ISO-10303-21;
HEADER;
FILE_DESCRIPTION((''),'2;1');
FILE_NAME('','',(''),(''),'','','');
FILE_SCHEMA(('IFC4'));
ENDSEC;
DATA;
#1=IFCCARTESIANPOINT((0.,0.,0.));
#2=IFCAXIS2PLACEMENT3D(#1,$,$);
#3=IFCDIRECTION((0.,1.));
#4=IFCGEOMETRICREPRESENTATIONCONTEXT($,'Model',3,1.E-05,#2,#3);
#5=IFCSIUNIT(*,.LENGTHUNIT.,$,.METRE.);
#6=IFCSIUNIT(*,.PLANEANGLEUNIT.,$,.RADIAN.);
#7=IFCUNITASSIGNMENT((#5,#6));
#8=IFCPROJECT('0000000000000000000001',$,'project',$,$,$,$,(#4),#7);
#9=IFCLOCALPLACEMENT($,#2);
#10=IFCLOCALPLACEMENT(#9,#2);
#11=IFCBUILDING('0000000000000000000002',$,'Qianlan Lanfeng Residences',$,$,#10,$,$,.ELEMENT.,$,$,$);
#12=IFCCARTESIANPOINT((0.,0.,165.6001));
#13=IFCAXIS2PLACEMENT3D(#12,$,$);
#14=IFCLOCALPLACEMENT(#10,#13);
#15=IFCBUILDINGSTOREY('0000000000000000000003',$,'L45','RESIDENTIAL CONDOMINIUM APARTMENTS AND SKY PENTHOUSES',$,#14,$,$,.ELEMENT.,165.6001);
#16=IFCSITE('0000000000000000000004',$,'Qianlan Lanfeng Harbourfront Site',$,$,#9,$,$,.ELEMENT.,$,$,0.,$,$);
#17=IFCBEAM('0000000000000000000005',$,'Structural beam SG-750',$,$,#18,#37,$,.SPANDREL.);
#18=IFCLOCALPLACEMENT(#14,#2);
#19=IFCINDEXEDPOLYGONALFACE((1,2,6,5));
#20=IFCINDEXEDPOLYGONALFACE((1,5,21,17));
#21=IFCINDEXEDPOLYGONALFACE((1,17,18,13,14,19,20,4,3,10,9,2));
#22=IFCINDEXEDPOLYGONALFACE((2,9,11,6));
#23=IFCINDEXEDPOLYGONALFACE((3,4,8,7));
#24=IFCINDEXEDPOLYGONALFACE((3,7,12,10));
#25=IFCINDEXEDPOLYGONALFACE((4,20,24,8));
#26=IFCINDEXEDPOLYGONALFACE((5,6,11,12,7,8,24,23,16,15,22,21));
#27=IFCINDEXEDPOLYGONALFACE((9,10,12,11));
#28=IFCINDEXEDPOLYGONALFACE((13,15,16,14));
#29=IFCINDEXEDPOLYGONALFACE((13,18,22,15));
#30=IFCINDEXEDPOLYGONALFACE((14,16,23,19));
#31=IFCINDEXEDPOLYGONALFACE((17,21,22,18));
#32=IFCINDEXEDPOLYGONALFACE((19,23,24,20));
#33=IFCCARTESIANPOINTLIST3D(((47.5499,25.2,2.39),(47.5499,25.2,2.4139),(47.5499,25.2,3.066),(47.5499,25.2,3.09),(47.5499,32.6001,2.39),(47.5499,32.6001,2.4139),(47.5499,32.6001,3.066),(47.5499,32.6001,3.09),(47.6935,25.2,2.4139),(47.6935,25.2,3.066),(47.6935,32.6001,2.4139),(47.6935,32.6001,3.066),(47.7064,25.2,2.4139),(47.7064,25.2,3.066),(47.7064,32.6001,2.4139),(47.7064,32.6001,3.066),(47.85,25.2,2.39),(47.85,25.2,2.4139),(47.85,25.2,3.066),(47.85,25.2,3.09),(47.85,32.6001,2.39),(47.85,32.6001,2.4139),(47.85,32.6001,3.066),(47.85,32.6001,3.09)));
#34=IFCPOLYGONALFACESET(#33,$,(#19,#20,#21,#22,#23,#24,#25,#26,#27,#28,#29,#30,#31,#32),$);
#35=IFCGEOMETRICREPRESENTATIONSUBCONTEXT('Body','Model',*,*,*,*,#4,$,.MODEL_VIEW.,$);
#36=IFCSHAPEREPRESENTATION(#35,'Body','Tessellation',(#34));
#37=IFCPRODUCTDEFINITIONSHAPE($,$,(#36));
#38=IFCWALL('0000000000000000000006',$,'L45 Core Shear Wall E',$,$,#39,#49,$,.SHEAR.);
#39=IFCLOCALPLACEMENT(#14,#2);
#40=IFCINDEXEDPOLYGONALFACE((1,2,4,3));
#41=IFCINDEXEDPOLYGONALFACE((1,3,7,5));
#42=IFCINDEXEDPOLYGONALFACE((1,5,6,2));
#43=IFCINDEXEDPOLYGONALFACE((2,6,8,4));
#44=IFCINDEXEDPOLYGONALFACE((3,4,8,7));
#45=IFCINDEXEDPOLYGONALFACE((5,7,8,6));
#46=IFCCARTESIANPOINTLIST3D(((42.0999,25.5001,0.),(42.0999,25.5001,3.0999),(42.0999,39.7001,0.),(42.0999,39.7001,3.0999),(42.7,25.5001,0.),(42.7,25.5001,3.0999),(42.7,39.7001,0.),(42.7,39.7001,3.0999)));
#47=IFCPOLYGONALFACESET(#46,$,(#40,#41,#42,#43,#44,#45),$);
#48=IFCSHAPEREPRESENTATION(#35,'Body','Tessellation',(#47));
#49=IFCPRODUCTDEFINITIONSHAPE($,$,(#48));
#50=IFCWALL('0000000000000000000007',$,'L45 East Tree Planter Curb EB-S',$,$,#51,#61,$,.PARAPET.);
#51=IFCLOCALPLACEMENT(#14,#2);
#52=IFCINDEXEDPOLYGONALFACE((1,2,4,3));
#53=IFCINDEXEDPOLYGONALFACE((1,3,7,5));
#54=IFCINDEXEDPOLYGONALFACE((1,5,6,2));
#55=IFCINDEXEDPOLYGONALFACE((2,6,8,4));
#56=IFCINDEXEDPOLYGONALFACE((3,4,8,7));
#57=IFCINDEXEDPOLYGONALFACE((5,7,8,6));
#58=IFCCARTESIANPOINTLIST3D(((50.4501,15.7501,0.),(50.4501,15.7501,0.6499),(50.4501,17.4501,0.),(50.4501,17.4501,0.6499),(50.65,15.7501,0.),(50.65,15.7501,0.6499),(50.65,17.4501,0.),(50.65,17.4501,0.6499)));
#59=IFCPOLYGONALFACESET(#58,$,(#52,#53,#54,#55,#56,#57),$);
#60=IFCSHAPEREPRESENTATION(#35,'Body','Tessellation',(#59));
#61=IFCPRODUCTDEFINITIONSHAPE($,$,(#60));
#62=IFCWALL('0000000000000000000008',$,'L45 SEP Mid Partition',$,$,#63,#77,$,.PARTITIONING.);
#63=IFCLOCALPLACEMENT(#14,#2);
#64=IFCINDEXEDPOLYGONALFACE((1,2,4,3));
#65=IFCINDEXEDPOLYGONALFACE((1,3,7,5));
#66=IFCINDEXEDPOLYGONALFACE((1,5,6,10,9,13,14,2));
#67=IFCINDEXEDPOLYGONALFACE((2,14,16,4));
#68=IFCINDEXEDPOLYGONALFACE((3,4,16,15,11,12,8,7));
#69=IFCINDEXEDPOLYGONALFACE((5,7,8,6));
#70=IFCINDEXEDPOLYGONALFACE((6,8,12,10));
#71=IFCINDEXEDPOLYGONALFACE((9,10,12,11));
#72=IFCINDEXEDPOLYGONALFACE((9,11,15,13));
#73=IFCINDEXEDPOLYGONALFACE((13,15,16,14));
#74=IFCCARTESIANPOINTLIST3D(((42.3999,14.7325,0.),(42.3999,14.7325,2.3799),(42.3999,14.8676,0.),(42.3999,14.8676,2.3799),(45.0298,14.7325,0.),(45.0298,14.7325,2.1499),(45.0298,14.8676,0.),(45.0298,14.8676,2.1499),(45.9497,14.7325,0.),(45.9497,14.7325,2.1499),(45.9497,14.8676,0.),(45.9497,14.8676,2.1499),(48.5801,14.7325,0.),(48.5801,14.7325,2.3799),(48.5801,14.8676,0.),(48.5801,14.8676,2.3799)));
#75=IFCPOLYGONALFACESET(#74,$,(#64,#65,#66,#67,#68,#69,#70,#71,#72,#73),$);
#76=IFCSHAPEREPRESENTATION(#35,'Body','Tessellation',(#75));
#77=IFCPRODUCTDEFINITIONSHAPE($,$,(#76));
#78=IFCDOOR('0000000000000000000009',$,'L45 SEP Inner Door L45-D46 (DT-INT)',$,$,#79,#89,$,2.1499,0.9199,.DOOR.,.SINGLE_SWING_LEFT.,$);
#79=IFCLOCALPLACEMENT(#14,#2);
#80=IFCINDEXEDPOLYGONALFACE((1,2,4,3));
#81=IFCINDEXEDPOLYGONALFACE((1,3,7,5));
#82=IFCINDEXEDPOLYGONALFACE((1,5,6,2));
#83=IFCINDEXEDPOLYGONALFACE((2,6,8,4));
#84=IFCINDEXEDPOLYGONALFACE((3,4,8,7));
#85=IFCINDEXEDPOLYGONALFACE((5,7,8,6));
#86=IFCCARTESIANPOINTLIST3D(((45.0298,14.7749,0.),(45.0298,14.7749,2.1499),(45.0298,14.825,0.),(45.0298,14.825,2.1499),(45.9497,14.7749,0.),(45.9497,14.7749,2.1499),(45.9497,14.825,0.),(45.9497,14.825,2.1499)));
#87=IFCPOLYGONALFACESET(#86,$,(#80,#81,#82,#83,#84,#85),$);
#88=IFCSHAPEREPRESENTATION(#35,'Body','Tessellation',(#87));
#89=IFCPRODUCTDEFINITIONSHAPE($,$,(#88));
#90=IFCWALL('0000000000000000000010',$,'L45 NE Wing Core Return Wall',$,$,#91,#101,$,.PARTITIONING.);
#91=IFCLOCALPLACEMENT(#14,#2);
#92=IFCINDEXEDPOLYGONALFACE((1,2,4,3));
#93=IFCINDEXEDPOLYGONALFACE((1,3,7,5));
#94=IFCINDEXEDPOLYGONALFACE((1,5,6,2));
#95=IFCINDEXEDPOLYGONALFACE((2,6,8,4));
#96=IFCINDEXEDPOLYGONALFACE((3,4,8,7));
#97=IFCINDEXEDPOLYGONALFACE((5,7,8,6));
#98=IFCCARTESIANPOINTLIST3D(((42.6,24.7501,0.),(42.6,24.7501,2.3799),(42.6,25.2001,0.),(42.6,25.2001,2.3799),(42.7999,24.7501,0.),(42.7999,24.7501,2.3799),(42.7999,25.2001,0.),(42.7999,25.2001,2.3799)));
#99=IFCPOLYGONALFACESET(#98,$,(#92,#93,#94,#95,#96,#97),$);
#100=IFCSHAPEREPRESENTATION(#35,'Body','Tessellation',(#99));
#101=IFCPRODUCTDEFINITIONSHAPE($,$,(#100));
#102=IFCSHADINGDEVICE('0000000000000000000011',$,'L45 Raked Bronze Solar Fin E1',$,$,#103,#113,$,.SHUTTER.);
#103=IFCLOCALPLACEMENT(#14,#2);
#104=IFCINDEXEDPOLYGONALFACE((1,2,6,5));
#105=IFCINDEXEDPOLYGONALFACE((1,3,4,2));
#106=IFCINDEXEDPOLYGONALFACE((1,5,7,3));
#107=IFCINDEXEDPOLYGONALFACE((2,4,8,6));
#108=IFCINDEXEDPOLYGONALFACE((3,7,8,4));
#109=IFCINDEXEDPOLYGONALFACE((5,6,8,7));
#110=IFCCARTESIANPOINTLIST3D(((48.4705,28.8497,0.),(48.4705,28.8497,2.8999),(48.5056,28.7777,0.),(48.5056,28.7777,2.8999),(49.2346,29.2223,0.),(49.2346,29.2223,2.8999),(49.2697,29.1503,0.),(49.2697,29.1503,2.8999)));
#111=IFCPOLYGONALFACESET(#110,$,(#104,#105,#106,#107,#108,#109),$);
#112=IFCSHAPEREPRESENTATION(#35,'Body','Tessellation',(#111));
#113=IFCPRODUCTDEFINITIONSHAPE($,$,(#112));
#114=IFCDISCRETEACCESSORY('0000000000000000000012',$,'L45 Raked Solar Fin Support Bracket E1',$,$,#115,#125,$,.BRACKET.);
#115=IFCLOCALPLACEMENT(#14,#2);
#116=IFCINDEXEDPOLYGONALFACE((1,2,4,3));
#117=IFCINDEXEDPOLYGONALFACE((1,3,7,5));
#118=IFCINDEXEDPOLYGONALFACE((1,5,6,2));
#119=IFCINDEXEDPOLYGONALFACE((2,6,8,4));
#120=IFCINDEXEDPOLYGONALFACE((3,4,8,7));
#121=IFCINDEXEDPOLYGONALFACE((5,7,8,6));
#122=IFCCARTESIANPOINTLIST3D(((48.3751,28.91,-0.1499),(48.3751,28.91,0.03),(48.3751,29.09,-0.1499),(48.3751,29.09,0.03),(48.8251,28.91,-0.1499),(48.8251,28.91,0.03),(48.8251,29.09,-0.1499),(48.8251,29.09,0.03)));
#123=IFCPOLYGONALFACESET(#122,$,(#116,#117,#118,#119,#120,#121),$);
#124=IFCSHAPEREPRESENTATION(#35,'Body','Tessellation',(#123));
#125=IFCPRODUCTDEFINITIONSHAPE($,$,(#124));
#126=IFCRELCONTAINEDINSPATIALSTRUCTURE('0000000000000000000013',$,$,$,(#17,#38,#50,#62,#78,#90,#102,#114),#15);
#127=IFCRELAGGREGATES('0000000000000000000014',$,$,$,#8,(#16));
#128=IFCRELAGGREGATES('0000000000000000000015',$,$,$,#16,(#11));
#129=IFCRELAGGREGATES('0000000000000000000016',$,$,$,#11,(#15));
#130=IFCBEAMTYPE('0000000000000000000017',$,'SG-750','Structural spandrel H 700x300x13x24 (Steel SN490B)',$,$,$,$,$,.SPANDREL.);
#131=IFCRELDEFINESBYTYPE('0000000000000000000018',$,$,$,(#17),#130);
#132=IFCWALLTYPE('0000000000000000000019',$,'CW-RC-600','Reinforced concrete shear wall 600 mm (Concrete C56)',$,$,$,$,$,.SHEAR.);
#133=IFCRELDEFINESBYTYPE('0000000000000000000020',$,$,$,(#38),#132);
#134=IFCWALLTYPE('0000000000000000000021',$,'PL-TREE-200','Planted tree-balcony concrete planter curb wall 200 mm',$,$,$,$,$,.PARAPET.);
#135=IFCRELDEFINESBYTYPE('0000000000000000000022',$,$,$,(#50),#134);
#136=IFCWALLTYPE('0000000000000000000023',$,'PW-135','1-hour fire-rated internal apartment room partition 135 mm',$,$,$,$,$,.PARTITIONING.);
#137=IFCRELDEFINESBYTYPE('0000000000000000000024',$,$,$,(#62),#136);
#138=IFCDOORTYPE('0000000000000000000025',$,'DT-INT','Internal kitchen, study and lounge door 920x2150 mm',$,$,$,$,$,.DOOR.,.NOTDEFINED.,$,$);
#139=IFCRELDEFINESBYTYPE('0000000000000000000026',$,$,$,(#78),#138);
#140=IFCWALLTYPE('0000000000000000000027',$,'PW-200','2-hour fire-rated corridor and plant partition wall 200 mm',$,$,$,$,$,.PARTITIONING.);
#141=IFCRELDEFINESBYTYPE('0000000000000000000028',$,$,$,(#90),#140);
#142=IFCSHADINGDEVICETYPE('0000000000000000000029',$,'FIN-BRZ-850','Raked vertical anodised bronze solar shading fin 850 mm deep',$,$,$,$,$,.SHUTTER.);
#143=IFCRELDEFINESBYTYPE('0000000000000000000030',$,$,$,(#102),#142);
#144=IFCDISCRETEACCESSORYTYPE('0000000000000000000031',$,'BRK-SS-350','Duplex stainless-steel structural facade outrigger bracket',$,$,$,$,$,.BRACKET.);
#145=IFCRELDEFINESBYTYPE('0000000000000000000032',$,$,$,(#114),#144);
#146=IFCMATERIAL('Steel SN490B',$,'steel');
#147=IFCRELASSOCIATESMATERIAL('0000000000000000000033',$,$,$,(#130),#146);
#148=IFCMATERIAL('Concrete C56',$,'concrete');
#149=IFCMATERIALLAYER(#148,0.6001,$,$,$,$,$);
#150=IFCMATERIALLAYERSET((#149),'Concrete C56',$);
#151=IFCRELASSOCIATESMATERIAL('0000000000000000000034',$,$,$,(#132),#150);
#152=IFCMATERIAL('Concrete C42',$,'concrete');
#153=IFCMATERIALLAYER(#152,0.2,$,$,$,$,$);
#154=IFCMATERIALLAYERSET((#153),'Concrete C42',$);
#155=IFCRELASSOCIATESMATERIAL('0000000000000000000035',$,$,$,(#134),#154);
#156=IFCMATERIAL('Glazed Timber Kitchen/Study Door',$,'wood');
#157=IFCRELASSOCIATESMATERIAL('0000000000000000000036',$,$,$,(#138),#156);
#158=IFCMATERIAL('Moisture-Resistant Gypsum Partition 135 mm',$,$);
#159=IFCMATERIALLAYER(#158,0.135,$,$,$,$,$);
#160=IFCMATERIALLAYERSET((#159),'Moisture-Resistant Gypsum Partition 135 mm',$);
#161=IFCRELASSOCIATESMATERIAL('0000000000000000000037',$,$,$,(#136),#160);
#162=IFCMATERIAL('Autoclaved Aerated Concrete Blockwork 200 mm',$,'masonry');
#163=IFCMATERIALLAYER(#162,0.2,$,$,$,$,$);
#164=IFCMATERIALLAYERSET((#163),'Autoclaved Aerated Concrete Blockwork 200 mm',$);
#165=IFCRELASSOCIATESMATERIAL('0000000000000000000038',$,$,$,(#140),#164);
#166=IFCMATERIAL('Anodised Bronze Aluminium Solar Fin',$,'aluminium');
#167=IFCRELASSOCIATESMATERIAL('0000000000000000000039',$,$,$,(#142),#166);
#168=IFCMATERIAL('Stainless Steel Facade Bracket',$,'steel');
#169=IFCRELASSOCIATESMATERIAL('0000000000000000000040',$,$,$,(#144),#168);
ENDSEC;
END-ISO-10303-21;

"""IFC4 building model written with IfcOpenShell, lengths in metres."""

from ifc_helpers import new_model, si_unit, direction, frame, frame_2d, origin, origin_2d, place, context, subcontext, project, spatial, rectangle, i_section, extrude, source, transform, mapped, material, layer, layer_set, material_profile, profile_set, type_object, element, fill, save


model = new_model("IFC4")

# Units and contexts
model_context = context("Model", 3, precision=1e-05, world=origin(), true_north=direction((0.0, 1.0)))
body_context = subcontext(model_context, "Body", "Model", "MODEL_VIEW")
ifc_project = project(units=[si_unit("LENGTHUNIT", "METRE"), si_unit("PLANEANGLEUNIT", "RADIAN")], contexts=[model_context])

# Site, building, storey
site_placement = place(None, origin())
site = spatial("IfcSite", under=ifc_project, at=site_placement, Name="Qianlan Lanfeng Harbourfront Site", CompositionType="ELEMENT", RefElevation=0.0)
building_placement = place(site_placement, origin())
building = spatial("IfcBuilding", under=site, at=building_placement, Name="Qianlan Lanfeng Residences", CompositionType="ELEMENT")
storey_placement = place(building_placement, frame((0.0, 0.0, 165.6001)))
storey = spatial("IfcBuildingStorey", under=building, at=storey_placement, Name="L45", Description="RESIDENTIAL CONDOMINIUM APARTMENTS AND SKY PENTHOUSES", CompositionType="ELEMENT", Elevation=165.6001)

# Shared definitions
ifc_material_1 = material(Name="Steel SN490B", Category="steel")

# Beam
ifc_material_profile_1 = material_profile(ifc_material_1, i_section(OverallWidth=0.3, OverallDepth=0.7, WebThickness=0.0129, FlangeThickness=0.0239, at=origin_2d()), Name="H 700x300x13x24")
ifc_profile_set_1 = profile_set([ifc_material_profile_1], Name="Steel SN490B")
beam_type_1 = type_object("IfcBeamType", Name="SG-750", Description="Structural spandrel H 700x300x13x24 (Steel SN490B)", PredefinedType="SPANDREL", material=ifc_profile_set_1)
beam_1_placement = place(storey_placement, frame((47.7, 25.2, 2.74), z_axis=(0.0, 1.0, 0.0), x_axis=(-1.0, 0.0, 0.0)))
element("IfcBeam", 1, at=beam_1_placement, inside=storey, type_object=beam_type_1, Name="Structural beam SG-750", PredefinedType="SPANDREL", context=body_context, shape_type="SweptSolid", body=[
    extrude(i_section(OverallWidth=0.3, OverallDepth=0.7, WebThickness=0.0129, FlangeThickness=0.0239, at=origin_2d()), origin(), (0.0, 0.0, 1.0), 7.4001),
])

# Walls
ifc_material_2 = material(Name="Concrete C56", Category="concrete")
ifc_layer_1 = layer(ifc_material_2, 0.6001)
ifc_layer_set_1 = layer_set([ifc_layer_1], Name="Concrete C56")
wall_type_1 = type_object("IfcWallType", Name="CW-RC-600", Description="Reinforced concrete shear wall 600 mm (Concrete C56)", PredefinedType="SHEAR", material=ifc_layer_set_1)
wall_1_placement = place(storey_placement, frame((42.3999, 25.5, 0.0), z_axis=(0.0, 0.0, 1.0), x_axis=(0.0, 1.0, 0.0)))
element("IfcWall", 2, at=wall_1_placement, inside=storey, type_object=wall_type_1, Name="L45 Core Shear Wall E", PredefinedType="SHEAR", context=body_context, shape_type="SweptSolid", body=[
    extrude(rectangle(XDim=14.2, YDim=0.6001, at=frame_2d((7.1001, 0.0))), origin(), (0.0, 0.0, 1.0), 3.0999),
])
ifc_material_3 = material(Name="Concrete C42", Category="concrete")
ifc_layer_2 = layer(ifc_material_3, 0.2)
ifc_layer_set_2 = layer_set([ifc_layer_2], Name="Concrete C42")
wall_type_2 = type_object("IfcWallType", Name="PL-TREE-200", Description="Planted tree-balcony concrete planter curb wall 200 mm", PredefinedType="PARAPET", material=ifc_layer_set_2)
wall_2_placement = place(storey_placement, frame((50.55, 15.75, 0.0), z_axis=(0.0, 0.0, 1.0), x_axis=(0.0, 1.0, 0.0)))
element("IfcWall", 3, at=wall_2_placement, inside=storey, type_object=wall_type_2, Name="L45 East Tree Planter Curb EB-S", PredefinedType="PARAPET", context=body_context, shape_type="SweptSolid", body=[
    extrude(rectangle(XDim=1.7, YDim=0.2, at=frame_2d((0.8501, 0.0))), origin(), (0.0, 0.0, 1.0), 0.6499),
])

# Wall, opening, door
ifc_material_4 = material(Name="Glazed Timber Kitchen/Study Door", Category="wood")
door_type = type_object("IfcDoorType", Name="DT-INT", Description="Internal kitchen, study and lounge door 920x2150 mm", OperationType="NOTDEFINED", PredefinedType="DOOR", material=ifc_material_4)
ifc_material_5 = material(Name="Moisture-Resistant Gypsum Partition 135 mm")
ifc_layer_3 = layer(ifc_material_5, 0.135)
ifc_layer_set_3 = layer_set([ifc_layer_3], Name="Moisture-Resistant Gypsum Partition 135 mm")
wall_type_3 = type_object("IfcWallType", Name="PW-135", Description="1-hour fire-rated internal apartment room partition 135 mm", PredefinedType="PARTITIONING", material=ifc_layer_set_3)
wall_3_placement = place(storey_placement, frame((42.3999, 14.8, 0.0), z_axis=(0.0, 0.0, 1.0), x_axis=(1.0, 0.0, 0.0)))
wall_3 = element("IfcWall", 4, at=wall_3_placement, inside=storey, type_object=wall_type_3, Name="L45 SEP Mid Partition", PredefinedType="PARTITIONING", context=body_context, shape_type="SweptSolid", body=[
    extrude(rectangle(XDim=6.1802, YDim=0.135, at=frame_2d((3.0901, 0.0))), origin(), (0.0, 0.0, 1.0), 2.3799),
])
opening_1_placement = place(wall_3_placement, frame((2.6299, 0.0, 0.0)))
opening_1 = element("IfcOpeningElement", 5, at=opening_1_placement, cuts=wall_3, PredefinedType="OPENING", context=body_context, shape_type="SweptSolid", body=[
    extrude(rectangle(XDim=0.9199, YDim=2.1499, at=frame_2d((0.46, 1.075))), frame((0.0, 0.0776, 0.0), z_axis=(0.0, -1.0, 0.0), x_axis=(1.0, 0.0, 0.0)), (0.0, 0.0, 1.0), 0.155),
])
door_1_placement = place(opening_1_placement, origin())
door_1 = element("IfcDoor", 6, at=door_1_placement, inside=storey, type_object=door_type, Name="L45 SEP Inner Door L45-D46 (DT-INT)", OperationType="SINGLE_SWING_LEFT", OverallHeight=2.1499, OverallWidth=0.9199, PredefinedType="DOOR", context=body_context, shape_type="SweptSolid", body=[
    extrude(rectangle(XDim=0.9199, YDim=2.1499, at=frame_2d((0.46, 1.075))), frame((0.0, 0.0249, 0.0), z_axis=(0.0, -1.0, 0.0), x_axis=(1.0, 0.0, 0.0)), (0.0, 0.0, 1.0), 0.05),
])
fill(opening_1, door_1)
ifc_material_6 = material(Name="Autoclaved Aerated Concrete Blockwork 200 mm", Category="masonry")
ifc_layer_4 = layer(ifc_material_6, 0.2)
ifc_layer_set_4 = layer_set([ifc_layer_4], Name="Autoclaved Aerated Concrete Blockwork 200 mm")
wall_type_4 = type_object("IfcWallType", Name="PW-200", Description="2-hour fire-rated corridor and plant partition wall 200 mm", PredefinedType="PARTITIONING", material=ifc_layer_set_4)

# Wall
wall_4_placement = place(storey_placement, frame((42.7, 24.75, 0.0), z_axis=(0.0, 0.0, 1.0), x_axis=(0.0, 1.0, 0.0)))
element("IfcWall", 7, at=wall_4_placement, inside=storey, type_object=wall_type_4, Name="L45 NE Wing Core Return Wall", PredefinedType="PARTITIONING", context=body_context, shape_type="SweptSolid", body=[
    extrude(rectangle(XDim=0.45, YDim=0.2, at=frame_2d((0.2251, 0.0))), origin(), (0.0, 0.0, 1.0), 2.3799),
])

# Shading device
ifc_material_7 = material(Name="Anodised Bronze Aluminium Solar Fin", Category="aluminium")
shading_device_type = type_object("IfcShadingDeviceType", Name="FIN-BRZ-850", Description="Raked vertical anodised bronze solar shading fin 850 mm deep", PredefinedType="SHUTTER", material=ifc_material_7)
shared_shape_1 = source(origin(), body_context, "Body", "SweptSolid", [
    extrude(rectangle(XDim=0.8501, YDim=0.0801, at=origin_2d()), origin(), (0.0, 0.0, 1.0), 2.8999),
])
shading_device_placement = place(storey_placement, frame((48.8701, 29.0, 0.0), z_axis=(0.0, 0.0, 1.0), x_axis=(0.898794, 0.438371, 0.0)))
element("IfcShadingDevice", 8, at=shading_device_placement, inside=storey, type_object=shading_device_type, Name="L45 Raked Bronze Solar Fin E1", PredefinedType="SHUTTER", context=body_context, shape_type="MappedRepresentation", body=[
    mapped(shared_shape_1, transform((0.0, 0.0, 0.0), scale=1.0)),
])

# Discrete accessory
ifc_material_8 = material(Name="Stainless Steel Facade Bracket", Category="steel")
discrete_accessory_type = type_object("IfcDiscreteAccessoryType", Name="BRK-SS-350", Description="Duplex stainless-steel structural facade outrigger bracket", PredefinedType="BRACKET", material=ifc_material_8)
shared_shape_2 = source(origin(), body_context, "Body", "SweptSolid", [
    extrude(rectangle(XDim=0.45, YDim=0.1799, at=origin_2d()), origin(), (0.0, 0.0, 1.0), 0.1799),
])
discrete_accessory_placement = place(storey_placement, frame((48.6001, 29.0, -0.1499), z_axis=(0.0, 0.0, 1.0), x_axis=(1.0, 0.0, 0.0)))
element("IfcDiscreteAccessory", 9, at=discrete_accessory_placement, inside=storey, type_object=discrete_accessory_type, Name="L45 Raked Solar Fin Support Bracket E1", PredefinedType="BRACKET", context=body_context, shape_type="MappedRepresentation", body=[
    mapped(shared_shape_2, transform((0.0, 0.0, 0.0), scale=1.0)),
])

save(model, "model.ifc")
